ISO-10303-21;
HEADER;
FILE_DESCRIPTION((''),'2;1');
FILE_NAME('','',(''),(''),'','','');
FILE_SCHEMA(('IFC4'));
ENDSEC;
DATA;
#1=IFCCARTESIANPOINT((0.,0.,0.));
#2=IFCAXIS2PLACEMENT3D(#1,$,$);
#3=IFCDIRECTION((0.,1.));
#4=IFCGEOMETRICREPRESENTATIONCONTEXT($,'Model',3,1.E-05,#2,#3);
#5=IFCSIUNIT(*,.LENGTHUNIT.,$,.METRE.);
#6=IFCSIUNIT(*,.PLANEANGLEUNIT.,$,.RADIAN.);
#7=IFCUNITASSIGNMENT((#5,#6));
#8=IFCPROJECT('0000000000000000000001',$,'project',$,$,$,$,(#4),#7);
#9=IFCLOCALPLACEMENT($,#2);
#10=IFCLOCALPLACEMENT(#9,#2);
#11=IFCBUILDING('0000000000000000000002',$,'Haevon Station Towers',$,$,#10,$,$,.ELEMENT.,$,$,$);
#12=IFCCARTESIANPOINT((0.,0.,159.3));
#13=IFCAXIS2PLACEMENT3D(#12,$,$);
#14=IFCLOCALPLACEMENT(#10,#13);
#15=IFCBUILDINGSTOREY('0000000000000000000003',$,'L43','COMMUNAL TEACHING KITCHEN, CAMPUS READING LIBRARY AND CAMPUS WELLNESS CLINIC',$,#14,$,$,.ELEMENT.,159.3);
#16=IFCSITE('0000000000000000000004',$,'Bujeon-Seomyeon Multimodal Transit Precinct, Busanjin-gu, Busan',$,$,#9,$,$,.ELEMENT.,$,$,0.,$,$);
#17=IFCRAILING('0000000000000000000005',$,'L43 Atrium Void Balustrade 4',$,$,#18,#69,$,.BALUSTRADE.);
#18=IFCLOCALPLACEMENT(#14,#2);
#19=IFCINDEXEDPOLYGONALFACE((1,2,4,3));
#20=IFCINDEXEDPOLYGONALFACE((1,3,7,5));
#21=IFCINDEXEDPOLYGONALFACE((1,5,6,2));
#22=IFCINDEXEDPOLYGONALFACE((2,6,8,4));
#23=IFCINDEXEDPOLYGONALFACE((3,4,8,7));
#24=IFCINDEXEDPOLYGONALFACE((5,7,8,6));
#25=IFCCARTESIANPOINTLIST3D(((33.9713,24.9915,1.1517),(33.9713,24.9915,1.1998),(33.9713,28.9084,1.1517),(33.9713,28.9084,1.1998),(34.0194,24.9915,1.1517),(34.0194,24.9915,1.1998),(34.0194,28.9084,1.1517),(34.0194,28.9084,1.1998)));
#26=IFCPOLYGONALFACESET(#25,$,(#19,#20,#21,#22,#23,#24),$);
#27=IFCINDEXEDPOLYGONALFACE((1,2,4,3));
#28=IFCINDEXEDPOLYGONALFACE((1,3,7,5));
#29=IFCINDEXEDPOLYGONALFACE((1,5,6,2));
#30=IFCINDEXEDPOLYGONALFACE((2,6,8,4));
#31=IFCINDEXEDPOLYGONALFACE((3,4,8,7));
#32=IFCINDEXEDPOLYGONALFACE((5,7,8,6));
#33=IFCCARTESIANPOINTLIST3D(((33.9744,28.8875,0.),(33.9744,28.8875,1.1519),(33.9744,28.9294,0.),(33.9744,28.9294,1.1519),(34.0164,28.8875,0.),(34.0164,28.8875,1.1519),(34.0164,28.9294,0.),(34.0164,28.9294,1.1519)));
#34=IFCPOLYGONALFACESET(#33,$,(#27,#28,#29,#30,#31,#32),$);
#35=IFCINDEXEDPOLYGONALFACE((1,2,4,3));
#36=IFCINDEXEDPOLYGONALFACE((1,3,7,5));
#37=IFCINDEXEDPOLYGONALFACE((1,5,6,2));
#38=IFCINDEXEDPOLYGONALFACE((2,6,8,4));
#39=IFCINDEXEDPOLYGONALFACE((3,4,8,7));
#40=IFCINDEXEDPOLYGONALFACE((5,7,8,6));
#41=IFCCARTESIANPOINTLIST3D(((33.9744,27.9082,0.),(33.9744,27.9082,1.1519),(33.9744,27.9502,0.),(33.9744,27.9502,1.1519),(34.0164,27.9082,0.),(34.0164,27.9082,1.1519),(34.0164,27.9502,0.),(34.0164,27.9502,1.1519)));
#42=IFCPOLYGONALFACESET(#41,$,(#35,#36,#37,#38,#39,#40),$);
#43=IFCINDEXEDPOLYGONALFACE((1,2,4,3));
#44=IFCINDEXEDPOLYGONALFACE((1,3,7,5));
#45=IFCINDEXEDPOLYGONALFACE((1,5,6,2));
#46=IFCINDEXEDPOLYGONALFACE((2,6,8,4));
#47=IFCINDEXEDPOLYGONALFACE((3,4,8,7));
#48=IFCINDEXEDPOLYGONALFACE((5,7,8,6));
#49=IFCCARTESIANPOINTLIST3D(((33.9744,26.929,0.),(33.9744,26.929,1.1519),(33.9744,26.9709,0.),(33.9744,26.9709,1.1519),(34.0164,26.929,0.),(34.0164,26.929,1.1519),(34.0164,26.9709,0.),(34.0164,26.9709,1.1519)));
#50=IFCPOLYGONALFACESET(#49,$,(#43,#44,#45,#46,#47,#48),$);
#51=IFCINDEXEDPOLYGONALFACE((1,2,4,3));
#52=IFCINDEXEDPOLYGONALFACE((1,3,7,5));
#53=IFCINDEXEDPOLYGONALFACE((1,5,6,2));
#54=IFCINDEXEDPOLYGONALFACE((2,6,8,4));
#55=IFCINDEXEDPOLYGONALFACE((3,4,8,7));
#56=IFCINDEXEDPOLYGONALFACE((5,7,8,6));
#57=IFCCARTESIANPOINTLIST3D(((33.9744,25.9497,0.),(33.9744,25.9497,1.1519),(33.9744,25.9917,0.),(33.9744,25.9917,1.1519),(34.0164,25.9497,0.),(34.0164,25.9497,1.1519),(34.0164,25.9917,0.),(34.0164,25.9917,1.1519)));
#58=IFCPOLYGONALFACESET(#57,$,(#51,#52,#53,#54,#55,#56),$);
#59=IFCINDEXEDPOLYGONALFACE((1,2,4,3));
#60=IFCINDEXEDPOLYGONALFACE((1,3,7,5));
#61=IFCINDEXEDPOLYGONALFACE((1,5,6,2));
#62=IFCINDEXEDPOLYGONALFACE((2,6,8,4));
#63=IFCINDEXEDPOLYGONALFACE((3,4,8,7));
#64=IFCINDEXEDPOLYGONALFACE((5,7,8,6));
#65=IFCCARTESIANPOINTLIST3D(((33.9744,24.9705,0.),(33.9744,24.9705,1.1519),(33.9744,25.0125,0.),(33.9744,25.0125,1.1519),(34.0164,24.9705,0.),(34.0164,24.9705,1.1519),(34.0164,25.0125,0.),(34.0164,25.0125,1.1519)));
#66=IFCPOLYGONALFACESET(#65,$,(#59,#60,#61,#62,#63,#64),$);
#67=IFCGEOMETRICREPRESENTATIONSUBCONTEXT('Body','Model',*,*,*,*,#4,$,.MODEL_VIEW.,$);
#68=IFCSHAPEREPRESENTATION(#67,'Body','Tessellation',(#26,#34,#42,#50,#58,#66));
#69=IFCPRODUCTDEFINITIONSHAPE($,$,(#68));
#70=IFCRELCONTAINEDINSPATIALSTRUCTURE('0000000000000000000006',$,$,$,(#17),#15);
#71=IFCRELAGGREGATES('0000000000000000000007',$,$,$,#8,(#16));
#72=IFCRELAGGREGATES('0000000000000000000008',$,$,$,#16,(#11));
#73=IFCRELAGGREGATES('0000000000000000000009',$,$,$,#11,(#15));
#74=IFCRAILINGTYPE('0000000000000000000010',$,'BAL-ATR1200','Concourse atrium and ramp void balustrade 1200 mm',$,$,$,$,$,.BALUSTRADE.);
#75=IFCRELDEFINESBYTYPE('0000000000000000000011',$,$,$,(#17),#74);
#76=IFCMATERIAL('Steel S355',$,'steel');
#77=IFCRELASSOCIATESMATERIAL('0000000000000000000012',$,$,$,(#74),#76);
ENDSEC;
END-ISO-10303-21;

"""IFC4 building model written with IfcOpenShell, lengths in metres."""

from ifc_helpers import new_model, si_unit, direction, frame, origin, origin_2d, place, context, subcontext, project, spatial, rectangle, extrude, material, type_object, element, save


model = new_model("IFC4")

# Units and contexts
model_context = context("Model", 3, precision=1e-05, world=origin(), true_north=direction((0.0, 1.0)))
body_context = subcontext(model_context, "Body", "Model", "MODEL_VIEW")
ifc_project = project(units=[si_unit("LENGTHUNIT", "METRE"), si_unit("PLANEANGLEUNIT", "RADIAN")], contexts=[model_context])

# Site, building, storey
site_placement = place(None, origin())
site = spatial("IfcSite", under=ifc_project, at=site_placement, Name="Bujeon-Seomyeon Multimodal Transit Precinct, Busanjin-gu, Busan", CompositionType="ELEMENT", RefElevation=0.0)
building_placement = place(site_placement, origin())
building = spatial("IfcBuilding", under=site, at=building_placement, Name="Haevon Station Towers", CompositionType="ELEMENT")
storey_placement = place(building_placement, frame((0.0, 0.0, 159.3)))
storey = spatial("IfcBuildingStorey", under=building, at=storey_placement, Name="L43", Description="COMMUNAL TEACHING KITCHEN, CAMPUS READING LIBRARY AND CAMPUS WELLNESS CLINIC", CompositionType="ELEMENT", Elevation=159.3)

# Shared definitions
ifc_material_1 = material(Name="Steel S355", Category="steel")

# Railing
railing_type = type_object("IfcRailingType", Name="BAL-ATR1200", Description="Concourse atrium and ramp void balustrade 1200 mm", PredefinedType="BALUSTRADE", material=ifc_material_1)
railing_1_placement = place(storey_placement, frame((33.9954, 28.9084, 0.0)))
element("IfcRailing", 1, at=railing_1_placement, inside=storey, type_object=railing_type, Name="L43 Atrium Void Balustrade 4", PredefinedType="BALUSTRADE", context=body_context, shape_type="SweptSolid", body=[
    extrude(rectangle(XDim=0.0481, YDim=0.0481, at=origin_2d()), frame((0.0, 0.0, 1.1758), z_axis=(0.0, -1.0, 0.0), x_axis=(1.0, 0.0, 0.0)), (0.0, 0.0, 1.0), 3.917),
    extrude(rectangle(XDim=0.042, YDim=0.042, at=origin_2d()), origin(), (0.0, 0.0, 1.0), 1.1519),
    extrude(rectangle(XDim=0.042, YDim=0.042, at=origin_2d()), frame((0.0, -0.9792, 0.0)), (0.0, 0.0, 1.0), 1.1519),
    extrude(rectangle(XDim=0.042, YDim=0.042, at=origin_2d()), frame((0.0, -1.9585, 0.0)), (0.0, 0.0, 1.0), 1.1519),
    extrude(rectangle(XDim=0.042, YDim=0.042, at=origin_2d()), frame((0.0, -2.9377, 0.0)), (0.0, 0.0, 1.0), 1.1519),
    extrude(rectangle(XDim=0.042, YDim=0.042, at=origin_2d()), frame((0.0, -3.917, 0.0)), (0.0, 0.0, 1.0), 1.1519),
])

save(model, "model.ifc")
